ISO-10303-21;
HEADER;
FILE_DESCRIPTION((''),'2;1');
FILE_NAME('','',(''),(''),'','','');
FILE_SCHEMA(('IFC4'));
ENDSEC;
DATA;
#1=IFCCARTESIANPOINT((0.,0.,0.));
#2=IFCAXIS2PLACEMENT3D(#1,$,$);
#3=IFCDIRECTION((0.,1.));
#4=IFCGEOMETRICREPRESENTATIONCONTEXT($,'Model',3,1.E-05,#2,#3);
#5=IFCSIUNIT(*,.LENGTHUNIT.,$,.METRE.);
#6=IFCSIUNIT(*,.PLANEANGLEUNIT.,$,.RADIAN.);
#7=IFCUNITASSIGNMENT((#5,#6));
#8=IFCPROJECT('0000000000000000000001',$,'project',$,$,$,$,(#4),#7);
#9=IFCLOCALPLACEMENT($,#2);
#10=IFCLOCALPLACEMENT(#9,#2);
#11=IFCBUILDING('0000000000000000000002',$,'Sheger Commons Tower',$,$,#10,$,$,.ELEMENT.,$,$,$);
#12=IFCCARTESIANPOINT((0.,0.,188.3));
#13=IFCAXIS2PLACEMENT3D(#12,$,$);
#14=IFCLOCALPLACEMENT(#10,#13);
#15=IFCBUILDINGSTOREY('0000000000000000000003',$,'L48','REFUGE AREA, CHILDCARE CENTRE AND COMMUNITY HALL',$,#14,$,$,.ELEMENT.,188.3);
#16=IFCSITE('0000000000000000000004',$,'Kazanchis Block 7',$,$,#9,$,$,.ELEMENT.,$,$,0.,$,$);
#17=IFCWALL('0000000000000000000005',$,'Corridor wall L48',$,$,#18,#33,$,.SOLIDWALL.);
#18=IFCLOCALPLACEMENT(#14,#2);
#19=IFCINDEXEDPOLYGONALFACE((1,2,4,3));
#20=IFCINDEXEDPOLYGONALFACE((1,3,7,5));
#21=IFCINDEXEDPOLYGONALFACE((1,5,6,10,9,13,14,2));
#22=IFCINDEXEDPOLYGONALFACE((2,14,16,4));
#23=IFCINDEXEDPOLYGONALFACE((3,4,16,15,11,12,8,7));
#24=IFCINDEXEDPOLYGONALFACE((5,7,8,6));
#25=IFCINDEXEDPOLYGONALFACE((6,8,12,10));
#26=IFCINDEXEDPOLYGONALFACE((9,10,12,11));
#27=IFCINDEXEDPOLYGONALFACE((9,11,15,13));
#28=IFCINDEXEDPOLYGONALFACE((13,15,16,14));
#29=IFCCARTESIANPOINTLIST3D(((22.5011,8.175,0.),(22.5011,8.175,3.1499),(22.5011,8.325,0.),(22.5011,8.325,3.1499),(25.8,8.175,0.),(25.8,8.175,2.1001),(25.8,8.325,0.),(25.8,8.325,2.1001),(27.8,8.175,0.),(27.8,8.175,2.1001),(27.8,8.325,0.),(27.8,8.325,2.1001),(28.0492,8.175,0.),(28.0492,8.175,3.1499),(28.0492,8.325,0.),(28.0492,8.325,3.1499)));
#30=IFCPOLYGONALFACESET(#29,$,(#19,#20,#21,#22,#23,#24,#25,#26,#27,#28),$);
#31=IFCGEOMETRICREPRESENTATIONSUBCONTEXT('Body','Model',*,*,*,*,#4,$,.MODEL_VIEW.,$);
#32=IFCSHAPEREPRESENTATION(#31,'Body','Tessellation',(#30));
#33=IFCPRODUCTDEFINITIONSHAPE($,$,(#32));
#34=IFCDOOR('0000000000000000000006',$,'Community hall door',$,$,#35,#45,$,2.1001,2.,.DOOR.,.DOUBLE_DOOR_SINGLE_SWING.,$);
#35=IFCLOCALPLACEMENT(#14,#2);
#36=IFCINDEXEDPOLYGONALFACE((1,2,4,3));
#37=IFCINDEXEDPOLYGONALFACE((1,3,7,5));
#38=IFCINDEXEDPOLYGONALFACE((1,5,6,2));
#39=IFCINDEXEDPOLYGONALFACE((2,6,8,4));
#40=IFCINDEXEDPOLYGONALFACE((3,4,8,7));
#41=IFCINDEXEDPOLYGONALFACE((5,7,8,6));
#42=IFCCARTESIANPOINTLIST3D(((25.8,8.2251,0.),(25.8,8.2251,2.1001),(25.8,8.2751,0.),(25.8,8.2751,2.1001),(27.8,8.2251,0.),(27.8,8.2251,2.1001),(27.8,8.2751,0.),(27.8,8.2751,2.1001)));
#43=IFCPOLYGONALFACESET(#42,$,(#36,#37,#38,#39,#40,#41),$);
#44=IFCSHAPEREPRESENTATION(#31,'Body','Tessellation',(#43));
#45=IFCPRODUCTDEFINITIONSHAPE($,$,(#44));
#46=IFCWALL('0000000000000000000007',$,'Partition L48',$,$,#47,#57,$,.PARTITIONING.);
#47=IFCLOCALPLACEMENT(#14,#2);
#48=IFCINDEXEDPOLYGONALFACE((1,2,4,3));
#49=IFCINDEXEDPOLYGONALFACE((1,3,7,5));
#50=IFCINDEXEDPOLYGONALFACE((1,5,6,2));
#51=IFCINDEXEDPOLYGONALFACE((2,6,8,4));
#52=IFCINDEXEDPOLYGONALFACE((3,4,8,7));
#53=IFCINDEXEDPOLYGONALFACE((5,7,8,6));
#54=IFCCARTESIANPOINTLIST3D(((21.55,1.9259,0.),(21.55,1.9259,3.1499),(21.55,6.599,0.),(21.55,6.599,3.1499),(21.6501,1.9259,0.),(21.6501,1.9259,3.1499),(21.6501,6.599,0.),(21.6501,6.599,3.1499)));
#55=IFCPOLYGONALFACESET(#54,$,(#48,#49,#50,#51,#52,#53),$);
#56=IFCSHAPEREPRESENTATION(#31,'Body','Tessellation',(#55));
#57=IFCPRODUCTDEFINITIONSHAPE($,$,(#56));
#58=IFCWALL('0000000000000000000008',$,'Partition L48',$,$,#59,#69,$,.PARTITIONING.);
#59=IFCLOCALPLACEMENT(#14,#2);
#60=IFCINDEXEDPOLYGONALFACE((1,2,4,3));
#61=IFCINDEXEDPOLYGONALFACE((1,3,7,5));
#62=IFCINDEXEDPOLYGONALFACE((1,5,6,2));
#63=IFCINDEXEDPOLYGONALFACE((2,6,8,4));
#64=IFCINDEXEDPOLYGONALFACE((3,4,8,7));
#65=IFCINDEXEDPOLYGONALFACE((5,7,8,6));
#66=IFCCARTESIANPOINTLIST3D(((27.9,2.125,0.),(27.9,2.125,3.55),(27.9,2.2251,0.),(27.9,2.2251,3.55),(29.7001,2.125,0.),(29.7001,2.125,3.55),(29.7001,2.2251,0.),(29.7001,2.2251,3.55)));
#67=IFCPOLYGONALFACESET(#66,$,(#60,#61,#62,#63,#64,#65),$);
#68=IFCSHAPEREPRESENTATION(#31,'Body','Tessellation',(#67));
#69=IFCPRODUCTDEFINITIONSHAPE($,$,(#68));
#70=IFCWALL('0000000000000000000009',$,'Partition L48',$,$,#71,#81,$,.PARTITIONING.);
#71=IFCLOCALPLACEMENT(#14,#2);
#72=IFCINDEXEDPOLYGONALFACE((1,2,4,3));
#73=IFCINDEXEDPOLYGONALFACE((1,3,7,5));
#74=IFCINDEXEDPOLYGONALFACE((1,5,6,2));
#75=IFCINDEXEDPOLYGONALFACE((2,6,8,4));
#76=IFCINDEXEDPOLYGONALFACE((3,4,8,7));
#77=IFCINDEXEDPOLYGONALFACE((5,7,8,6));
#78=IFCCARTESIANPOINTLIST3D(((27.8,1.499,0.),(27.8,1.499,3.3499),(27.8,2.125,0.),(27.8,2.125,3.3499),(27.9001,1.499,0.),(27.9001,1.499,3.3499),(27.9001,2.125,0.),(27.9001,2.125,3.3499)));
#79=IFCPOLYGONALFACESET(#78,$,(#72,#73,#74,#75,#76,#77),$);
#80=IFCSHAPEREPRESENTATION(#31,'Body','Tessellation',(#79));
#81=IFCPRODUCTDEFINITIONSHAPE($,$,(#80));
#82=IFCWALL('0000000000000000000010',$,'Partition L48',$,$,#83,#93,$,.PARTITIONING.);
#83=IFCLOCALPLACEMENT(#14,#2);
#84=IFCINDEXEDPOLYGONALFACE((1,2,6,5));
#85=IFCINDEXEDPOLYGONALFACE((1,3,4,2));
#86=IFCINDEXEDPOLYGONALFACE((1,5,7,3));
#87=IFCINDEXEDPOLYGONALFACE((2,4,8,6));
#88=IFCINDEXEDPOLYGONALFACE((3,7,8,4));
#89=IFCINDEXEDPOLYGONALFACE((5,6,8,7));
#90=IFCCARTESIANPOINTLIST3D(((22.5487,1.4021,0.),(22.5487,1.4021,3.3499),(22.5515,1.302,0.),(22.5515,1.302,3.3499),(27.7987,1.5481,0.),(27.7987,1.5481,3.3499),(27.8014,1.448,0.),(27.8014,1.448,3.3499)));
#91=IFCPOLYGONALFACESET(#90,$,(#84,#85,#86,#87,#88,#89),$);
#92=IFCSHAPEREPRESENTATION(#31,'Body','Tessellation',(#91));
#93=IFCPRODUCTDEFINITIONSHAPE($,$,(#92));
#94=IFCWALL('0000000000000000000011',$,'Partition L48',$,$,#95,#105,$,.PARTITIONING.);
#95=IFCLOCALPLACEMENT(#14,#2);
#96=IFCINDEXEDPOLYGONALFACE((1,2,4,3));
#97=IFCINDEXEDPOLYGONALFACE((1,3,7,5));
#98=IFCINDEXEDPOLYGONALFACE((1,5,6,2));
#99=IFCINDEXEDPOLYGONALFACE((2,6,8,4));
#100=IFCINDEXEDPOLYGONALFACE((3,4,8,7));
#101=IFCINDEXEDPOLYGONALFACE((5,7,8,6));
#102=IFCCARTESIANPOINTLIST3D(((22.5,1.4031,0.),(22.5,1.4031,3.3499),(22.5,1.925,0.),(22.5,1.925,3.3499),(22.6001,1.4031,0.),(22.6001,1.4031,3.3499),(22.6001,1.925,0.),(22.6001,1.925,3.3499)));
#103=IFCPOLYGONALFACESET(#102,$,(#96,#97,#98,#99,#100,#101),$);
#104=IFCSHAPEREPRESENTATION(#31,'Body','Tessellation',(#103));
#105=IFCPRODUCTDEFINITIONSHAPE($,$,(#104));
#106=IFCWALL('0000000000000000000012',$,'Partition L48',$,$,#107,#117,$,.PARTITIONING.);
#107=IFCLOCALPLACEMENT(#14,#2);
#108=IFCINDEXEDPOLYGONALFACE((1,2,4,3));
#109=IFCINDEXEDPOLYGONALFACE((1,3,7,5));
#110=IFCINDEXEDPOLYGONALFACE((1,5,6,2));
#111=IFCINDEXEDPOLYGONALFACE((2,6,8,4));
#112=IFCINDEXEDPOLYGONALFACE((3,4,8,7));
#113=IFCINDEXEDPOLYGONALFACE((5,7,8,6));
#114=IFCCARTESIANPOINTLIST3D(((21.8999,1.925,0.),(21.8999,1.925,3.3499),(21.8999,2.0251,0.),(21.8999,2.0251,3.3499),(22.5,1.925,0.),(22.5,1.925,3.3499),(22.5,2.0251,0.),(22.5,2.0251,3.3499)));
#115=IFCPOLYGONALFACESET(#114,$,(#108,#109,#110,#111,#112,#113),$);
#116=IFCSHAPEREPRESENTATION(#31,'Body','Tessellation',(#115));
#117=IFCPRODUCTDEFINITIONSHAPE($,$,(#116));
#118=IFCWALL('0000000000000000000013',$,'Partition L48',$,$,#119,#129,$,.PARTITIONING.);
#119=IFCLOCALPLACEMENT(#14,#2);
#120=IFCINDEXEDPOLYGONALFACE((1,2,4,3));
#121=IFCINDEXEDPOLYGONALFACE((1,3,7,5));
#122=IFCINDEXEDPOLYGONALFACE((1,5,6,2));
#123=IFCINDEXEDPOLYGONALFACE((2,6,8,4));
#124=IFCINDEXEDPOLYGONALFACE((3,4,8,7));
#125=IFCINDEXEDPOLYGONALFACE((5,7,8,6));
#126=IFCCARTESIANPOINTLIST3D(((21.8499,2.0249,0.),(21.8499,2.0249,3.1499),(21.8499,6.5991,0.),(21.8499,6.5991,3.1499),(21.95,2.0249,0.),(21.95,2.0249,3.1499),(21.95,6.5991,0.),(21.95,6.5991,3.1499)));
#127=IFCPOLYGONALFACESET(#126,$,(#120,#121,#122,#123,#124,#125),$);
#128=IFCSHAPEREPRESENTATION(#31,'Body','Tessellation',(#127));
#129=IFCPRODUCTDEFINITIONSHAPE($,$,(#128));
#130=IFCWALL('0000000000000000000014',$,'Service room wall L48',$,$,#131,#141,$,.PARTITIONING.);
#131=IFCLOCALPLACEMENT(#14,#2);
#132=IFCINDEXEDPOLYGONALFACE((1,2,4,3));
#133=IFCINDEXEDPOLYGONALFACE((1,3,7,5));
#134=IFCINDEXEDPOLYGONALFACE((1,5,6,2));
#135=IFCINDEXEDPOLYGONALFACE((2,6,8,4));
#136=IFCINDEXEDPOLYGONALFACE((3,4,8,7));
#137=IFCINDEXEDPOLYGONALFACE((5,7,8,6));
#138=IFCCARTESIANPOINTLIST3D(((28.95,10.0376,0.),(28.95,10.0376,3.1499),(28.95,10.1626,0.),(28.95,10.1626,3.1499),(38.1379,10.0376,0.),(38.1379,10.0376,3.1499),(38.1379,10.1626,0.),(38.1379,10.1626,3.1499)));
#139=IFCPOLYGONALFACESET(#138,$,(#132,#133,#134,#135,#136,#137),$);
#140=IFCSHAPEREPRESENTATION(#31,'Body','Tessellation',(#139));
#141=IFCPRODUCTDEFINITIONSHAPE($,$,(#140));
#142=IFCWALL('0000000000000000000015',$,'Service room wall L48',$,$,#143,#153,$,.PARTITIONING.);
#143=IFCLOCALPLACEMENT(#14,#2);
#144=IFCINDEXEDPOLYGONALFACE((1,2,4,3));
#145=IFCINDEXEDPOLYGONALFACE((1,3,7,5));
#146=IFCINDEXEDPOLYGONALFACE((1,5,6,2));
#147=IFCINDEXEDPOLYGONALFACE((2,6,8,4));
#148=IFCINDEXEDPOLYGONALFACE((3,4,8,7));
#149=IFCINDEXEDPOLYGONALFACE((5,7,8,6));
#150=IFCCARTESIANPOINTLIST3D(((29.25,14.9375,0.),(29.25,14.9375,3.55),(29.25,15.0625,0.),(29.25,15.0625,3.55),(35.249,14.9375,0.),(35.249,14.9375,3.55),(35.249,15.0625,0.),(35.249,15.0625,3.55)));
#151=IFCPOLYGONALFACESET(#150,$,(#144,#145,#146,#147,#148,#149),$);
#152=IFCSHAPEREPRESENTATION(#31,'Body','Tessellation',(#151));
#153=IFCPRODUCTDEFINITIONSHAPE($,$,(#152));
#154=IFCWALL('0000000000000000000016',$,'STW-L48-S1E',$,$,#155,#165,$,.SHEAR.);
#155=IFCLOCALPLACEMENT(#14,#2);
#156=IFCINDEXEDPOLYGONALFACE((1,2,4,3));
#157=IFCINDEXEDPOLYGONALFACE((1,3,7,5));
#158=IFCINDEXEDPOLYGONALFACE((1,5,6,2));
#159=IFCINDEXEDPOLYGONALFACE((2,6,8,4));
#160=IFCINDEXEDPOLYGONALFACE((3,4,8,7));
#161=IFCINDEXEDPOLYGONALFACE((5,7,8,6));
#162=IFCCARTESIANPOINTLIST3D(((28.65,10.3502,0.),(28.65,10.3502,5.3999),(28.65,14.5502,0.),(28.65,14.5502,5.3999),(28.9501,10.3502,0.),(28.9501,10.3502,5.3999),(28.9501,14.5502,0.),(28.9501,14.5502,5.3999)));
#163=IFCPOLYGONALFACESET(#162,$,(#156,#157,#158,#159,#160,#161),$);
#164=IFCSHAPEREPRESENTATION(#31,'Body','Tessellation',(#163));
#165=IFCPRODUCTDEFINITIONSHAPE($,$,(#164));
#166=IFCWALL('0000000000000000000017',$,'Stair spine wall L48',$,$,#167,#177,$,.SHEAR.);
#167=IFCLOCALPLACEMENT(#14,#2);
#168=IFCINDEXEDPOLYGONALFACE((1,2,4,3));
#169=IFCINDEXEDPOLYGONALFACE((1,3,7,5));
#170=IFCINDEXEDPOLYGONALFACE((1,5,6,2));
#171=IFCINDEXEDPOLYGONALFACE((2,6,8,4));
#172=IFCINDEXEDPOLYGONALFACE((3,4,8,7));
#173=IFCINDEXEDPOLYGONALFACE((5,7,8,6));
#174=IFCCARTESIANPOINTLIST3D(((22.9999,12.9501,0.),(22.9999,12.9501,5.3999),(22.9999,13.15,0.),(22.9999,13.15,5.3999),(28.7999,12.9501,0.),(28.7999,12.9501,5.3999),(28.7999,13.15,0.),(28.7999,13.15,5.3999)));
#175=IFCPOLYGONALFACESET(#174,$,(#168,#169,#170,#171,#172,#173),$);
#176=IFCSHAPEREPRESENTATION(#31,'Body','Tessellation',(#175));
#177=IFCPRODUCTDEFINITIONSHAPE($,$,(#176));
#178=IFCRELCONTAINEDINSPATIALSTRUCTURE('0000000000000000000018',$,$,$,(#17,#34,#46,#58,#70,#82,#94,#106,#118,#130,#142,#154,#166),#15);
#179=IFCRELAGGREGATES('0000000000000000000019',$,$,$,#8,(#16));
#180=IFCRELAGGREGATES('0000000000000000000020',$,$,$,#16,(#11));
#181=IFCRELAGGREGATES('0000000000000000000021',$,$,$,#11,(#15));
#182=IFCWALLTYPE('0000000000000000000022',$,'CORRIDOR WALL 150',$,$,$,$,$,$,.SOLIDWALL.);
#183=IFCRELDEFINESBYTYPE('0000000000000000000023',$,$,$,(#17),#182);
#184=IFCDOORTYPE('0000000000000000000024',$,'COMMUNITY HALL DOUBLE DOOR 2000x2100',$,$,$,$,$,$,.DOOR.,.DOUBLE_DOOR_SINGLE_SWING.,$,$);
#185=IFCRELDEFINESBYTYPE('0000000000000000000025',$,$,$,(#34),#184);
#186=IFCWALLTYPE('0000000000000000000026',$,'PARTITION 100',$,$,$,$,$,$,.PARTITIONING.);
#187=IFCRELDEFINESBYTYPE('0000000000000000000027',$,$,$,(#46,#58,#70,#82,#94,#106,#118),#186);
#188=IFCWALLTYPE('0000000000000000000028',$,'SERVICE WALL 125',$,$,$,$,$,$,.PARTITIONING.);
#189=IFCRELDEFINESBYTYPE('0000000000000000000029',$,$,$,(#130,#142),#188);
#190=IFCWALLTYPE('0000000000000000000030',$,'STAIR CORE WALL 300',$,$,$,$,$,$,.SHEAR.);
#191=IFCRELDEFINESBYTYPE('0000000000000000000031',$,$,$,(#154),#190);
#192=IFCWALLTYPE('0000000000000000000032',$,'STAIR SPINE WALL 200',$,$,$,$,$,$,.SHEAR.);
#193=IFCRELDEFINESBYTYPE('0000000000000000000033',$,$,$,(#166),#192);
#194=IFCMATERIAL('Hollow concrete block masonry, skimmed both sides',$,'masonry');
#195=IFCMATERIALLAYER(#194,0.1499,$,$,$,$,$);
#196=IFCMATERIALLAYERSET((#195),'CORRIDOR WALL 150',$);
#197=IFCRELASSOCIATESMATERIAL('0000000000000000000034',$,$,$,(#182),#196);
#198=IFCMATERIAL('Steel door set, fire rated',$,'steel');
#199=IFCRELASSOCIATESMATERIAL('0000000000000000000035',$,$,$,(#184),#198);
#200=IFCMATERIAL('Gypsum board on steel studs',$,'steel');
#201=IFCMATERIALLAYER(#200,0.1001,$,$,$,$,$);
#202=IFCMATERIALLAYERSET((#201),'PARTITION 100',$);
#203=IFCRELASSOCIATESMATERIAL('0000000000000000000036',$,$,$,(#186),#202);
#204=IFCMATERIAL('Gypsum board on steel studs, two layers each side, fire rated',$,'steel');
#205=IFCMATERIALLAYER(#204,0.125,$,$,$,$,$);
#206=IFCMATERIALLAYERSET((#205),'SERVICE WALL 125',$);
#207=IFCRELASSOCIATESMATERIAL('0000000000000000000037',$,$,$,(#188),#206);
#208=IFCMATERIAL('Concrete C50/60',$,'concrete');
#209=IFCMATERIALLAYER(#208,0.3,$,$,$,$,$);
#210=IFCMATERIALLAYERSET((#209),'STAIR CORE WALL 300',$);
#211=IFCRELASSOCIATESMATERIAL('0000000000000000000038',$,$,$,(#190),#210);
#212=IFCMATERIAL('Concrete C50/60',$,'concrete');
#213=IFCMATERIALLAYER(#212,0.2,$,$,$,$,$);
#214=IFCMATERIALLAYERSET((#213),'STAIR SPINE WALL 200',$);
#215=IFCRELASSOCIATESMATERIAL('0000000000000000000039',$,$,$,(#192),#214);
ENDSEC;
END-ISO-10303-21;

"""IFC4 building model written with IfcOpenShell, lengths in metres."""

from ifc_helpers import new_model, si_unit, direction, frame, frame_2d, origin, place, context, subcontext, project, spatial, rectangle, extrude, material, layer, layer_set, type_object, element, fill, save


model = new_model("IFC4")

# Units and contexts
model_context = context("Model", 3, precision=1e-05, world=origin(), true_north=direction((0.0, 1.0)))
body_context = subcontext(model_context, "Body", "Model", "MODEL_VIEW")
ifc_project = project(units=[si_unit("LENGTHUNIT", "METRE"), si_unit("PLANEANGLEUNIT", "RADIAN")], contexts=[model_context])

# Site, building, storey
site_placement = place(None, origin())
site = spatial("IfcSite", under=ifc_project, at=site_placement, Name="Kazanchis Block 7", CompositionType="ELEMENT", RefElevation=0.0)
building_placement = place(site_placement, origin())
building = spatial("IfcBuilding", under=site, at=building_placement, Name="Sheger Commons Tower", CompositionType="ELEMENT")
storey_placement = place(building_placement, frame((0.0, 0.0, 188.3)))
storey = spatial("IfcBuildingStorey", under=building, at=storey_placement, Name="L48", Description="REFUGE AREA, CHILDCARE CENTRE AND COMMUNITY HALL", CompositionType="ELEMENT", Elevation=188.3)

# Wall, opening, door
ifc_material_1 = material(Name="Hollow concrete block masonry, skimmed both sides", Category="masonry")
ifc_layer_1 = layer(ifc_material_1, 0.1499)
ifc_layer_set_1 = layer_set([ifc_layer_1], Name="CORRIDOR WALL 150")
wall_type_1 = type_object("IfcWallType", Name="CORRIDOR WALL 150", PredefinedType="SOLIDWALL", material=ifc_layer_set_1)
wall_1_placement = place(storey_placement, frame((28.0491, 8.25, 0.0), z_axis=(0.0, 0.0, 1.0), x_axis=(-1.0, 0.0, 0.0)))
wall_1 = element("IfcWall", 1, at=wall_1_placement, inside=storey, type_object=wall_type_1, Name="Corridor wall L48", PredefinedType="SOLIDWALL", context=body_context, shape_type="SweptSolid", body=[
    extrude(rectangle(XDim=5.5481, YDim=0.1499, at=frame_2d((2.7739, 0.0))), origin(), (0.0, 0.0, 1.0), 3.1499),
])
opening_placement = place(wall_1_placement, frame((0.249, 0.0, 0.0)))
opening = element("IfcOpeningElement", 2, at=opening_placement, cuts=wall_1, PredefinedType="OPENING", context=body_context, shape_type="SweptSolid", body=[
    extrude(rectangle(XDim=2.0, YDim=2.1001, at=frame_2d((1.0, 1.05))), frame((0.0, 0.085, 0.0), z_axis=(0.0, -1.0, 0.0), x_axis=(1.0, 0.0, 0.0)), (0.0, 0.0, 1.0), 0.1699),
])
ifc_material_2 = material(Name="Steel door set, fire rated", Category="steel")
door_type = type_object("IfcDoorType", Name="COMMUNITY HALL DOUBLE DOOR 2000x2100", OperationType="DOUBLE_DOOR_SINGLE_SWING", PredefinedType="DOOR", material=ifc_material_2)
door_placement = place(opening_placement, origin())
door = element("IfcDoor", 3, at=door_placement, inside=storey, type_object=door_type, Name="Community hall door", OperationType="DOUBLE_DOOR_SINGLE_SWING", OverallHeight=2.1001, OverallWidth=2.0, PredefinedType="DOOR", context=body_context, shape_type="SweptSolid", body=[
    extrude(rectangle(XDim=2.0, YDim=2.1001, at=frame_2d((1.0, 1.05))), frame((0.0, 0.0249, 0.0), z_axis=(0.0, -1.0, 0.0), x_axis=(1.0, 0.0, 0.0)), (0.0, 0.0, 1.0), 0.05),
])
fill(opening, door)

# Walls
ifc_material_3 = material(Name="Gypsum board on steel studs", Category="steel")
ifc_layer_2 = layer(ifc_material_3, 0.1001)
ifc_layer_set_2 = layer_set([ifc_layer_2], Name="PARTITION 100")
wall_type_2 = type_object("IfcWallType", Name="PARTITION 100", PredefinedType="PARTITIONING", material=ifc_layer_set_2)
wall_2_placement = place(storey_placement, frame((21.6001, 1.926, 0.0), z_axis=(0.0, 0.0, 1.0), x_axis=(0.0, 1.0, 0.0)))
element("IfcWall", 4, at=wall_2_placement, inside=storey, type_object=wall_type_2, Name="Partition L48", PredefinedType="PARTITIONING", context=body_context, shape_type="SweptSolid", body=[
    extrude(rectangle(XDim=4.6731, YDim=0.1001, at=frame_2d((2.3364, 0.0))), origin(), (0.0, 0.0, 1.0), 3.1499),
])
wall_3_placement = place(storey_placement, frame((29.7, 2.175, 0.0), z_axis=(0.0, 0.0, 1.0), x_axis=(-1.0, 0.0, 0.0)))
element("IfcWall", 5, at=wall_3_placement, inside=storey, type_object=wall_type_2, Name="Partition L48", PredefinedType="PARTITIONING", context=body_context, shape_type="SweptSolid", body=[
    extrude(rectangle(XDim=1.8, YDim=0.1001, at=frame_2d((0.8999, 0.0))), origin(), (0.0, 0.0, 1.0), 3.55),
])
wall_4_placement = place(storey_placement, frame((27.8501, 2.125, 0.0), z_axis=(0.0, 0.0, 1.0), x_axis=(0.0, -1.0, 0.0)))
element("IfcWall", 6, at=wall_4_placement, inside=storey, type_object=wall_type_2, Name="Partition L48", PredefinedType="PARTITIONING", context=body_context, shape_type="SweptSolid", body=[
    extrude(rectangle(XDim=0.626, YDim=0.1001, at=frame_2d((0.313, 0.0))), origin(), (0.0, 0.0, 1.0), 3.3499),
])
wall_5_placement = place(storey_placement, frame((27.8, 1.498, 0.0), z_axis=(0.0, 0.0, 1.0), x_axis=(-0.999614, -0.027798, 0.0)))
element("IfcWall", 7, at=wall_5_placement, inside=storey, type_object=wall_type_2, Name="Partition L48", PredefinedType="PARTITIONING", context=body_context, shape_type="SweptSolid", body=[
    extrude(rectangle(XDim=5.252, YDim=0.1001, at=frame_2d((2.626, 0.0))), origin(), (0.0, 0.0, 1.0), 3.3499),
])
wall_6_placement = place(storey_placement, frame((22.55, 1.4031, 0.0), z_axis=(0.0, 0.0, 1.0), x_axis=(0.0, 1.0, 0.0)))
element("IfcWall", 8, at=wall_6_placement, inside=storey, type_object=wall_type_2, Name="Partition L48", PredefinedType="PARTITIONING", context=body_context, shape_type="SweptSolid", body=[
    extrude(rectangle(XDim=0.522, YDim=0.1001, at=frame_2d((0.261, 0.0))), origin(), (0.0, 0.0, 1.0), 3.3499),
])
wall_7_placement = place(storey_placement, frame((22.5, 1.9751, 0.0), z_axis=(0.0, 0.0, 1.0), x_axis=(-1.0, 0.0, 0.0)))
element("IfcWall", 9, at=wall_7_placement, inside=storey, type_object=wall_type_2, Name="Partition L48", PredefinedType="PARTITIONING", context=body_context, shape_type="SweptSolid", body=[
    extrude(rectangle(XDim=0.6001, YDim=0.1001, at=frame_2d((0.3, 0.0))), origin(), (0.0, 0.0, 1.0), 3.3499),
])
wall_8_placement = place(storey_placement, frame((21.8999, 2.0249, 0.0), z_axis=(0.0, 0.0, 1.0), x_axis=(0.0, 1.0, 0.0)))
element("IfcWall", 10, at=wall_8_placement, inside=storey, type_object=wall_type_2, Name="Partition L48", PredefinedType="PARTITIONING", context=body_context, shape_type="SweptSolid", body=[
    extrude(rectangle(XDim=4.5742, YDim=0.1001, at=frame_2d((2.2871, 0.0))), origin(), (0.0, 0.0, 1.0), 3.1499),
])
ifc_material_4 = material(Name="Gypsum board on steel studs, two layers each side, fire rated", Category="steel")
ifc_layer_3 = layer(ifc_material_4, 0.125)
ifc_layer_set_3 = layer_set([ifc_layer_3], Name="SERVICE WALL 125")
wall_type_3 = type_object("IfcWallType", Name="SERVICE WALL 125", PredefinedType="PARTITIONING", material=ifc_layer_set_3)
wall_9_placement = place(storey_placement, frame((28.95, 10.1001, 0.0), z_axis=(0.0, 0.0, 1.0), x_axis=(1.0, 0.0, 0.0)))
element("IfcWall", 11, at=wall_9_placement, inside=storey, type_object=wall_type_3, Name="Service room wall L48", PredefinedType="PARTITIONING", context=body_context, shape_type="SweptSolid", body=[
    extrude(rectangle(XDim=9.188, YDim=0.125, at=frame_2d((4.594, 0.0))), origin(), (0.0, 0.0, 1.0), 3.1499),
])
wall_10_placement = place(storey_placement, frame((29.25, 15.0, 0.0), z_axis=(0.0, 0.0, 1.0), x_axis=(1.0, 0.0, 0.0)))
element("IfcWall", 12, at=wall_10_placement, inside=storey, type_object=wall_type_3, Name="Service room wall L48", PredefinedType="PARTITIONING", context=body_context, shape_type="SweptSolid", body=[
    extrude(rectangle(XDim=5.999, YDim=0.125, at=frame_2d((2.9995, 0.0))), origin(), (0.0, 0.0, 1.0), 3.55),
])
ifc_material_5 = material(Name="Concrete C50/60", Category="concrete")
ifc_layer_4 = layer(ifc_material_5, 0.3)
ifc_layer_set_4 = layer_set([ifc_layer_4], Name="STAIR CORE WALL 300")
wall_type_4 = type_object("IfcWallType", Name="STAIR CORE WALL 300", PredefinedType="SHEAR", material=ifc_layer_set_4)
wall_11_placement = place(storey_placement, frame((28.8, 10.3501, 0.0), z_axis=(0.0, 0.0, 1.0), x_axis=(0.0, 1.0, 0.0)))
element("IfcWall", 13, at=wall_11_placement, inside=storey, type_object=wall_type_4, Name="STW-L48-S1E", PredefinedType="SHEAR", context=body_context, shape_type="SweptSolid", body=[
    extrude(rectangle(XDim=4.2, YDim=0.3, at=frame_2d((2.1001, 0.0))), origin(), (0.0, 0.0, 1.0), 5.3999),
])
ifc_material_6 = material(Name="Concrete C50/60", Category="concrete")
ifc_layer_5 = layer(ifc_material_6, 0.2)
ifc_layer_set_5 = layer_set([ifc_layer_5], Name="STAIR SPINE WALL 200")
wall_type_5 = type_object("IfcWallType", Name="STAIR SPINE WALL 200", PredefinedType="SHEAR", material=ifc_layer_set_5)
wall_12_placement = place(storey_placement, frame((23.0, 13.05, 0.0), z_axis=(0.0, 0.0, 1.0), x_axis=(1.0, 0.0, 0.0)))
element("IfcWall", 14, at=wall_12_placement, inside=storey, type_object=wall_type_5, Name="Stair spine wall L48", PredefinedType="SHEAR", context=body_context, shape_type="SweptSolid", body=[
    extrude(rectangle(XDim=5.8, YDim=0.2, at=frame_2d((2.8999, 0.0))), origin(), (0.0, 0.0, 1.0), 5.3999),
])

save(model, "model.ifc")
